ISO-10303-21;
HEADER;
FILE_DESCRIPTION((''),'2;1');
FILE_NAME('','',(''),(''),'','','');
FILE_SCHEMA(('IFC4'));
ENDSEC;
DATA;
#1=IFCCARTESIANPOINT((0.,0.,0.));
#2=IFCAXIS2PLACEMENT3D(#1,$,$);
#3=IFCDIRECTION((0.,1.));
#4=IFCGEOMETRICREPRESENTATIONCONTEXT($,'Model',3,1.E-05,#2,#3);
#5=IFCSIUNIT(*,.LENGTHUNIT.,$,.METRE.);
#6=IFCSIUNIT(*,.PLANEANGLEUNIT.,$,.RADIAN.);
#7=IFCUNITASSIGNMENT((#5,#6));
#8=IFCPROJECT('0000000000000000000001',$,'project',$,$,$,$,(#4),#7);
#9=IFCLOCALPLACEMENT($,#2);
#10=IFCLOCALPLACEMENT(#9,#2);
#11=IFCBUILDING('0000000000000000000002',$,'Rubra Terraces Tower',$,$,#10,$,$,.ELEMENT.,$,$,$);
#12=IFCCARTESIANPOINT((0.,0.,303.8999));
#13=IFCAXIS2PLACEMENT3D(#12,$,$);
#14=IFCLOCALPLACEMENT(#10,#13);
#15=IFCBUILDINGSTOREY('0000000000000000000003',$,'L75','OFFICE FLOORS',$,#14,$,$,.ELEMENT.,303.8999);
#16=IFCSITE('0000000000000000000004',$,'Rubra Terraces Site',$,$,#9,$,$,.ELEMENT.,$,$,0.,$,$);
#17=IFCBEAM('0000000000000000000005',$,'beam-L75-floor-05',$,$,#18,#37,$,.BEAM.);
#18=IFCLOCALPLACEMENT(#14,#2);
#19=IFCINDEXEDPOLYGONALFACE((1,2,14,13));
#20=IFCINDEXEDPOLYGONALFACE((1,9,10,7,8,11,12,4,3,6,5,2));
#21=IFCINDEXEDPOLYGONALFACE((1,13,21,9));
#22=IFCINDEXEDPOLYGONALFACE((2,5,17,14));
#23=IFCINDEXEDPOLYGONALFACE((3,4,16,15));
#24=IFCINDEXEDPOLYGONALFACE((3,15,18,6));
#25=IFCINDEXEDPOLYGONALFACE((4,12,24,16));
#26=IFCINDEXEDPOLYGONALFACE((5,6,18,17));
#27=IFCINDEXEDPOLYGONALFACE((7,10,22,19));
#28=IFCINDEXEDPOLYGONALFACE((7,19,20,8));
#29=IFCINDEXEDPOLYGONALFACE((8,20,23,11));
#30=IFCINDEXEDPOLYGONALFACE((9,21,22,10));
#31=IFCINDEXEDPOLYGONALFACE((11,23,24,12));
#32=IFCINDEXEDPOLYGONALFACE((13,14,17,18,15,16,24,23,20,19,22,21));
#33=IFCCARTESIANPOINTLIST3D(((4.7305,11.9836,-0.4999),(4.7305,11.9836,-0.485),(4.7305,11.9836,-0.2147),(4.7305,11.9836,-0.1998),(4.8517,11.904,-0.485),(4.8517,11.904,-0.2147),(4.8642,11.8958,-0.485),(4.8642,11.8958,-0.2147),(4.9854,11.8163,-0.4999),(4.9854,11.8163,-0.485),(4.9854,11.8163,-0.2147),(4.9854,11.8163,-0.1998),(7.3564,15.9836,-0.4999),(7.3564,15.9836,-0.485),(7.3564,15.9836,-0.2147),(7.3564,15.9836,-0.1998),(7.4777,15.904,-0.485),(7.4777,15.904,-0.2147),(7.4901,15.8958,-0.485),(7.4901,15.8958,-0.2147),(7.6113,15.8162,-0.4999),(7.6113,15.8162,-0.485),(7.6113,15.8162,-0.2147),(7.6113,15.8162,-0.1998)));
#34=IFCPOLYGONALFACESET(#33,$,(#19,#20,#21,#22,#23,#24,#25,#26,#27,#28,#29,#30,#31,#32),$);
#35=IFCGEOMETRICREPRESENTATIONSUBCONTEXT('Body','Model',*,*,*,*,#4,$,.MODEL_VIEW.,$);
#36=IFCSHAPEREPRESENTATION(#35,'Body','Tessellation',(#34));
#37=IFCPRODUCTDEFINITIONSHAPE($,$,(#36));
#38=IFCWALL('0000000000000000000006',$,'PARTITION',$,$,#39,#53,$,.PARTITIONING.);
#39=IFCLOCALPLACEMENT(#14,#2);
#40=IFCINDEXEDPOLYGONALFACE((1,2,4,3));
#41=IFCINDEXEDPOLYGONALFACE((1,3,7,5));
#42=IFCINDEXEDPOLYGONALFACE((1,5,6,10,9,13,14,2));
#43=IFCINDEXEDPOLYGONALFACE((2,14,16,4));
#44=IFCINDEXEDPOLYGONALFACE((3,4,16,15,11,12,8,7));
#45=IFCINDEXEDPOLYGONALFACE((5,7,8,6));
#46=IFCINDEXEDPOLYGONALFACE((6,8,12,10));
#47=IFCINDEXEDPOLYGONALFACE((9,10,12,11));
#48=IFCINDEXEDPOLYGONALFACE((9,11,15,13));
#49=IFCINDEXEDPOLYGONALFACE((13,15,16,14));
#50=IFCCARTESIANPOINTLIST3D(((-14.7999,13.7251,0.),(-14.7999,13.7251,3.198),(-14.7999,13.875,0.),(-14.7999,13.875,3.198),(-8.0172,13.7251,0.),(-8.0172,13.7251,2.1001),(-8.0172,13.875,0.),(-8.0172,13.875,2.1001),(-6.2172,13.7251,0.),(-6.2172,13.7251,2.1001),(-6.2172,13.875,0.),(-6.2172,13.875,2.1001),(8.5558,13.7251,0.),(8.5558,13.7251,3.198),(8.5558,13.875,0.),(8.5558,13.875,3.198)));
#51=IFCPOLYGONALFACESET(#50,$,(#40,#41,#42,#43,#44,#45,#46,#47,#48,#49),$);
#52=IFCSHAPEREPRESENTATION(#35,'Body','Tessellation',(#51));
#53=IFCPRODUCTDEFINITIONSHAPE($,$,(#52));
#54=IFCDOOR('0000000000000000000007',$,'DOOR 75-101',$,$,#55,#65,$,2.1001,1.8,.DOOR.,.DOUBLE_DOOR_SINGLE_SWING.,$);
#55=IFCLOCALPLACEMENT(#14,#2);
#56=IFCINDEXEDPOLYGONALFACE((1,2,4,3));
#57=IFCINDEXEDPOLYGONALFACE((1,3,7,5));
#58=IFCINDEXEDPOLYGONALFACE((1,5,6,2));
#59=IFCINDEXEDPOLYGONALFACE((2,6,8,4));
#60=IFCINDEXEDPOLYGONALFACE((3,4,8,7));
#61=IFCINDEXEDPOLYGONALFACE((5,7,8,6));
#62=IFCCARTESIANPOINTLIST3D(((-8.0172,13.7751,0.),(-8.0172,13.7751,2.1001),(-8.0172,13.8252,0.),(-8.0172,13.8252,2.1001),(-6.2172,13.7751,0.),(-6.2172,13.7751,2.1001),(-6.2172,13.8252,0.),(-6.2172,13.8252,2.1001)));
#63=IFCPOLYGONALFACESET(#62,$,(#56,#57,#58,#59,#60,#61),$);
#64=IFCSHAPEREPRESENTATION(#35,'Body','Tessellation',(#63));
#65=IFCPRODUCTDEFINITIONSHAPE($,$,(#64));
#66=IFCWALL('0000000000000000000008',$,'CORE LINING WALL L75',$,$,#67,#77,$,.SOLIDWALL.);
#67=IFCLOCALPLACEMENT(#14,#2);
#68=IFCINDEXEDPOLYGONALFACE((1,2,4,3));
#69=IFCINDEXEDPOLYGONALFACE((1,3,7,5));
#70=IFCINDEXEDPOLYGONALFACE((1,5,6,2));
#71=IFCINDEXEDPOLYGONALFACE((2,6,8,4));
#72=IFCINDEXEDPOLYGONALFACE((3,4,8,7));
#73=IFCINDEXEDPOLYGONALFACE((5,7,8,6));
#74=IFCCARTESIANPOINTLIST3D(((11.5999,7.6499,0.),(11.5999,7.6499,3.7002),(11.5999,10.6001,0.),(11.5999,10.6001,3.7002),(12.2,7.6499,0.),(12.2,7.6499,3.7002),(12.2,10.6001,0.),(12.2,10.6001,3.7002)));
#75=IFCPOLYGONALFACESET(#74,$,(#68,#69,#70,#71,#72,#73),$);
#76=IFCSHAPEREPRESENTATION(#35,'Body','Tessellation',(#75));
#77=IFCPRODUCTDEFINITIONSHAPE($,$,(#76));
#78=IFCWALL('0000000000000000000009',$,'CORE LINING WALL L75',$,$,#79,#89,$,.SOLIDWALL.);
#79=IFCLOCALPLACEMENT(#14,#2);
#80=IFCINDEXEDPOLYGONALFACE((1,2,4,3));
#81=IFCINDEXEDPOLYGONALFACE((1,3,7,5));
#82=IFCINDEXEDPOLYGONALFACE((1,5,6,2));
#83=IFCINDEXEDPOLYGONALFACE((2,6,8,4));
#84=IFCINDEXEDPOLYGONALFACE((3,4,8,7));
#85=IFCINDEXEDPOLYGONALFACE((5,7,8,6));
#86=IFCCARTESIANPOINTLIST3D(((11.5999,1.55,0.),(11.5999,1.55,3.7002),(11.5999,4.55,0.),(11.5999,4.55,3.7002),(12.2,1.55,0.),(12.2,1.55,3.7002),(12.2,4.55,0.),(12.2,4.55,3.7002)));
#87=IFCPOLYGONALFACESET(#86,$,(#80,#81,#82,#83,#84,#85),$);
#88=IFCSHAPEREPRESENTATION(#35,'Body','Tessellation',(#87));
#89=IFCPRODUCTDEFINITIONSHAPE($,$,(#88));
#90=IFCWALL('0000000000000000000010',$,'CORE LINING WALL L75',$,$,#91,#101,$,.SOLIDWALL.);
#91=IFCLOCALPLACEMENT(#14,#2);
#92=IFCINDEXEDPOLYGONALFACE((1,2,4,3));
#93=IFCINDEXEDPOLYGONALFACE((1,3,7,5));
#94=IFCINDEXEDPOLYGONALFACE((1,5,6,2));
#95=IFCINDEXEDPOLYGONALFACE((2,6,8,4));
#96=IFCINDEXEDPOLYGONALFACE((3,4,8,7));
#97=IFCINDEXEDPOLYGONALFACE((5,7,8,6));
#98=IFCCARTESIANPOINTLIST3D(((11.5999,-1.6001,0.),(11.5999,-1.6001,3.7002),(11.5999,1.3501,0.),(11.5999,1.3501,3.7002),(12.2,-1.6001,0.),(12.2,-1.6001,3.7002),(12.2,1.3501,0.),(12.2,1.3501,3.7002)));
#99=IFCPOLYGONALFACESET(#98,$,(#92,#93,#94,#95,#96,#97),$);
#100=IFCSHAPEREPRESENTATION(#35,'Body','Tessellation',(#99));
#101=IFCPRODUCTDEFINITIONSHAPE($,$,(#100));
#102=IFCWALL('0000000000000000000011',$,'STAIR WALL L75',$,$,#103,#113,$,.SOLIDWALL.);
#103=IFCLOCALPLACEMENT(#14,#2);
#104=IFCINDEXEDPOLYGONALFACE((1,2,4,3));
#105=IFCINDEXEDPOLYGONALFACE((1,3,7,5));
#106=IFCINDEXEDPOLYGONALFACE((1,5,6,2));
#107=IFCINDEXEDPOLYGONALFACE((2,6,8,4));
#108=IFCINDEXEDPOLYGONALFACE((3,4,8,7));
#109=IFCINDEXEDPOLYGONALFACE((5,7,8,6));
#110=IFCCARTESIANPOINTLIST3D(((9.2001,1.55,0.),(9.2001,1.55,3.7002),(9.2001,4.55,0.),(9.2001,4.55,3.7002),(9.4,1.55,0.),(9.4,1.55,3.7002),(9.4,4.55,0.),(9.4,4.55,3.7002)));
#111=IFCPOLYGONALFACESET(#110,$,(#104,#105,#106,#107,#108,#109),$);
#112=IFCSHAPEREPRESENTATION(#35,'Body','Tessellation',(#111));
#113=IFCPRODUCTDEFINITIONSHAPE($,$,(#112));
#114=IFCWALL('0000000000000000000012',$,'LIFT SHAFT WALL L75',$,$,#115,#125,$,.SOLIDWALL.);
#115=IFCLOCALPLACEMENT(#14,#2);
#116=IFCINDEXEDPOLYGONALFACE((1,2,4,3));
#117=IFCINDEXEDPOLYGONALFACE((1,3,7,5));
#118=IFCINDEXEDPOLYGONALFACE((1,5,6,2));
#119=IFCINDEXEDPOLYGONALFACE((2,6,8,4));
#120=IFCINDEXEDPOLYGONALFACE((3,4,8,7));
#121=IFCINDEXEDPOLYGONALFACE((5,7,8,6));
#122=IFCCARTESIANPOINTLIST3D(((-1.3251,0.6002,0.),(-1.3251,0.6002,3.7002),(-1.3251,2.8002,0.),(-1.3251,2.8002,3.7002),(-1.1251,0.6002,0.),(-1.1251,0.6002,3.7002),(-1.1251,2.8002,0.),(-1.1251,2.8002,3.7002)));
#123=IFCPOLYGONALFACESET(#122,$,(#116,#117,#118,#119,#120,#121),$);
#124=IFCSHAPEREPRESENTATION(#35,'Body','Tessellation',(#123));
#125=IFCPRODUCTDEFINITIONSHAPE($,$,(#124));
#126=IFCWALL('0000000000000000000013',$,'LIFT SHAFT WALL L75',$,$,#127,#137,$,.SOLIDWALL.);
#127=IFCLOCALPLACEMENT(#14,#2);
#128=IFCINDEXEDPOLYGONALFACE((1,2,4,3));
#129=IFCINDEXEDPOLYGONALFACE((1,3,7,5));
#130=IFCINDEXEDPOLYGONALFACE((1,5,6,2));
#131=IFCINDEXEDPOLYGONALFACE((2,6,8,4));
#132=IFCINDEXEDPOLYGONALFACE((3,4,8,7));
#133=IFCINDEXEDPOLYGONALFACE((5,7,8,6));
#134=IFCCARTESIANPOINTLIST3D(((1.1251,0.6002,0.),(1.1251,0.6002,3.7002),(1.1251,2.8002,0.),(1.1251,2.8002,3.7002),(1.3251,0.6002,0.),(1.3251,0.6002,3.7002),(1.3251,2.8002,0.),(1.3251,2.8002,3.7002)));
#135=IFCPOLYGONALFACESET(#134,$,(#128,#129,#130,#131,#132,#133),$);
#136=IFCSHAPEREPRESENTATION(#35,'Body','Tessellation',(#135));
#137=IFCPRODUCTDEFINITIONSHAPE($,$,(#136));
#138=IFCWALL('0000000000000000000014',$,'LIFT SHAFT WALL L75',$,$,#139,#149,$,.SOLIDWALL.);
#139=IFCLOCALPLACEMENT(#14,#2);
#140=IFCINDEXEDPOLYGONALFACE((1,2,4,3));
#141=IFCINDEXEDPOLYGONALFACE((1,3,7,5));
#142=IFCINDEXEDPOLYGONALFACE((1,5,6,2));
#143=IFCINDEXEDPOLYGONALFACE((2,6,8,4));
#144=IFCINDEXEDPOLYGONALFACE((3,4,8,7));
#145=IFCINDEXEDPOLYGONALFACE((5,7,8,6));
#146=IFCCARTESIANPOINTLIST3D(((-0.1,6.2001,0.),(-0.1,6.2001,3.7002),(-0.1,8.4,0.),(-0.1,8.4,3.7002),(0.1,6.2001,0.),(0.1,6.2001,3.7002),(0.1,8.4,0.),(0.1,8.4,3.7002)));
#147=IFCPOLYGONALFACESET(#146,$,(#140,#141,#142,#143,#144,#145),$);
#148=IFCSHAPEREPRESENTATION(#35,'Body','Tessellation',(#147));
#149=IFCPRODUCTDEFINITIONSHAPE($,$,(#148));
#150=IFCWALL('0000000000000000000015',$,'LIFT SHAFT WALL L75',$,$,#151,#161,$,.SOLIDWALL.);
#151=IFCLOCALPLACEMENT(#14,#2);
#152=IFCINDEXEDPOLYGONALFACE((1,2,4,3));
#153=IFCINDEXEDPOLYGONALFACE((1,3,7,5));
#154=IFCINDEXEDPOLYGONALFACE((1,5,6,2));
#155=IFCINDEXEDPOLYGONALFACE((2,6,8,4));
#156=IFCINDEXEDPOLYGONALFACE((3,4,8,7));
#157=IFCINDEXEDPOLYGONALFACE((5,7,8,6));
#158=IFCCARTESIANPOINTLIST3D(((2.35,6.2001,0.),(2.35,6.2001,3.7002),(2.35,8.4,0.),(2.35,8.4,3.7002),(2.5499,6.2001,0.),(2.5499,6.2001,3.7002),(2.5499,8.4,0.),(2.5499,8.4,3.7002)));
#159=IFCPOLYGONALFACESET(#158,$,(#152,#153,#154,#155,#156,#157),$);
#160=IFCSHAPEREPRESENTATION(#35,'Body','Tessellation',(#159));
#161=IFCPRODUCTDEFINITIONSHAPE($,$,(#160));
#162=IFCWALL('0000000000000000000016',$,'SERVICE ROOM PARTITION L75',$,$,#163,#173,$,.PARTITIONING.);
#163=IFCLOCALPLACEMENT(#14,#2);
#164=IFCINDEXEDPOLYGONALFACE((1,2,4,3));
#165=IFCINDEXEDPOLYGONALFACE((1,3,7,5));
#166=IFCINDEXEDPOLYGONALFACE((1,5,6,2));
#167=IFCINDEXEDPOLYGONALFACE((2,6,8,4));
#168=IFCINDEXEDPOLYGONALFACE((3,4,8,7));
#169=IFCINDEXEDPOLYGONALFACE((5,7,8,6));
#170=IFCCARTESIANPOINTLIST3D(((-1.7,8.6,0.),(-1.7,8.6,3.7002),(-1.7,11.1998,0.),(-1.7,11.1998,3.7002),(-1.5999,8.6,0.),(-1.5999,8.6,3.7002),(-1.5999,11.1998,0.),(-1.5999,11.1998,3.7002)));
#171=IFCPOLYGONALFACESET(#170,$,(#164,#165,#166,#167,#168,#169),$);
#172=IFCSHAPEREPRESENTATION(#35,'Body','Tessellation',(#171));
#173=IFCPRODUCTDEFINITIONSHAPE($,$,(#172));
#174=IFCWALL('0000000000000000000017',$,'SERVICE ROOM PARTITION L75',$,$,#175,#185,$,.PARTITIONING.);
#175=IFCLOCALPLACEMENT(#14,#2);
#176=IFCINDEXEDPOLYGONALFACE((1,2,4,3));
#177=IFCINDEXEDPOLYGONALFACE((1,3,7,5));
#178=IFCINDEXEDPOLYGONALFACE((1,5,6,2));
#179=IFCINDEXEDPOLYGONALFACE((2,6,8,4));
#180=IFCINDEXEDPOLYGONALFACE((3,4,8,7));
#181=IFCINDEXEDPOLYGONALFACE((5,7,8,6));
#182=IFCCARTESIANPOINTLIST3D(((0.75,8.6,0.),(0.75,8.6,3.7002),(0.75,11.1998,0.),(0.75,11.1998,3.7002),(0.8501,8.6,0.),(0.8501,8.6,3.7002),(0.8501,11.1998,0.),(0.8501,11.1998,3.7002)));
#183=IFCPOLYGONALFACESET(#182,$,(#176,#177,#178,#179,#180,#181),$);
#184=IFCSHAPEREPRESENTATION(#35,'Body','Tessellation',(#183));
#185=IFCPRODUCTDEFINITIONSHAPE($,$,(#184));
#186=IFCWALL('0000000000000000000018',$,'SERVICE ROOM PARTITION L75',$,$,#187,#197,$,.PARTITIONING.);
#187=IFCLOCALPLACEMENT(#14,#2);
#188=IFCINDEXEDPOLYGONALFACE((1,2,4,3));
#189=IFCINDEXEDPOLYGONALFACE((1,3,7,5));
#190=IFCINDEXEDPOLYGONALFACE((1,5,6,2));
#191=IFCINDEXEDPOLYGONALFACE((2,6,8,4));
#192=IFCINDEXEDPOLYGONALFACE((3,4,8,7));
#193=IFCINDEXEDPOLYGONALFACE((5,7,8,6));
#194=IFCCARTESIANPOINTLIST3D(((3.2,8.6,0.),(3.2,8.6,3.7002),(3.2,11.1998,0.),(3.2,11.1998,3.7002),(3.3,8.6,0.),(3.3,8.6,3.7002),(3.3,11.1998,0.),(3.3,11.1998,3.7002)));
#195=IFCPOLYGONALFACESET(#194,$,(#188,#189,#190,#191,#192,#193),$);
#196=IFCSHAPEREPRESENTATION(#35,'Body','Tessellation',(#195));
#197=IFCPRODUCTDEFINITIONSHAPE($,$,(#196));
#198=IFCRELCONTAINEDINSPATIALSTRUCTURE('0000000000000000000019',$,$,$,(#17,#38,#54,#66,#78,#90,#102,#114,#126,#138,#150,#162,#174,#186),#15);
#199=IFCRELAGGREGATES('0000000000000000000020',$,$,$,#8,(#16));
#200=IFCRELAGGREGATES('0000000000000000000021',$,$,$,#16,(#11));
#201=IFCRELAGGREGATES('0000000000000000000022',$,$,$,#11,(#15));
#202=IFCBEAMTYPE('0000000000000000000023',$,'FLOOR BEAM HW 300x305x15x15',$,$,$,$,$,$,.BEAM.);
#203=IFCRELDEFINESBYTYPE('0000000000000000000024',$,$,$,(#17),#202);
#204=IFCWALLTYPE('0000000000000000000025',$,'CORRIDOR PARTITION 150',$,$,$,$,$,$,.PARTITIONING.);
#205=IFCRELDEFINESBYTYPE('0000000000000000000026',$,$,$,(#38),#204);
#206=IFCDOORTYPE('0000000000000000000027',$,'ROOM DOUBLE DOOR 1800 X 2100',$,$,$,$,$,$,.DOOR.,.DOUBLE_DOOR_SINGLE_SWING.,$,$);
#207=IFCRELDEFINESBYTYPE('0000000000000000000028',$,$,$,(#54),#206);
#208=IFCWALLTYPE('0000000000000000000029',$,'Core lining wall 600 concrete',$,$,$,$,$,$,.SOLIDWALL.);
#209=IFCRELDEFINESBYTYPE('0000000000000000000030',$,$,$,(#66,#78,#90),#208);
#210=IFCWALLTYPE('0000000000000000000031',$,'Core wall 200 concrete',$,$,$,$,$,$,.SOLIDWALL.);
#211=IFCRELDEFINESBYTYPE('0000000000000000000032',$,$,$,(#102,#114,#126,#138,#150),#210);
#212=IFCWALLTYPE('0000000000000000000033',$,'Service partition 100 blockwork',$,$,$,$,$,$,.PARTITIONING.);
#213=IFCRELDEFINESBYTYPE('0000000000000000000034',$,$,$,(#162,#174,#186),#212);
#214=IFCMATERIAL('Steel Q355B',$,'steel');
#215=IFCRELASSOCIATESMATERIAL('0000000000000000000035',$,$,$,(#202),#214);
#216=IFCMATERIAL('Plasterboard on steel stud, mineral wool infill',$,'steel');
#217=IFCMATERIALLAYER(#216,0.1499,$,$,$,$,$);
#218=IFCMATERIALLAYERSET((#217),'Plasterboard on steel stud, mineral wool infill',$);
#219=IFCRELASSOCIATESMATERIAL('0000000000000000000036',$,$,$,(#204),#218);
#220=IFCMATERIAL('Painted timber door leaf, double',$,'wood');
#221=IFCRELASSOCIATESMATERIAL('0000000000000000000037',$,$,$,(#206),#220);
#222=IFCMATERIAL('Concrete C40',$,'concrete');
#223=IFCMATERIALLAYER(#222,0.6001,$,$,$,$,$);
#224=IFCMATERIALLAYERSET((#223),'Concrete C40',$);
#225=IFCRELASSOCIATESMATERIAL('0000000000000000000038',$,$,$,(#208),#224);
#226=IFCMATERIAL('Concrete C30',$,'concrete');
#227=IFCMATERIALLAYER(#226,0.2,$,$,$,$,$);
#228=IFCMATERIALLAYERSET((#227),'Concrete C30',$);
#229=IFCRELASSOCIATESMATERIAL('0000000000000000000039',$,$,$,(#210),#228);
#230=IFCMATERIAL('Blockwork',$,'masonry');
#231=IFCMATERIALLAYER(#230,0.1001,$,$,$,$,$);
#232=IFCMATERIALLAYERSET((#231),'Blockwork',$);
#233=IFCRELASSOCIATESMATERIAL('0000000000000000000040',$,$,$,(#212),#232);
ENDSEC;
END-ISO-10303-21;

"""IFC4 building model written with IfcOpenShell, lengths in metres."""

from ifc_helpers import new_model, si_unit, direction, frame, frame_2d, origin, origin_2d, place, context, subcontext, project, spatial, rectangle, i_section, extrude, material, layer, layer_set, material_profile, profile_set, type_object, element, fill, save


model = new_model("IFC4")

# Units and contexts
model_context = context("Model", 3, precision=1e-05, world=origin(), true_north=direction((0.0, 1.0)))
body_context = subcontext(model_context, "Body", "Model", "MODEL_VIEW")
ifc_project = project(units=[si_unit("LENGTHUNIT", "METRE"), si_unit("PLANEANGLEUNIT", "RADIAN")], contexts=[model_context])

# Site, building, storey
site_placement = place(None, origin())
site = spatial("IfcSite", under=ifc_project, at=site_placement, Name="Rubra Terraces Site", CompositionType="ELEMENT", RefElevation=0.0)
building_placement = place(site_placement, origin())
building = spatial("IfcBuilding", under=site, at=building_placement, Name="Rubra Terraces Tower", CompositionType="ELEMENT")
storey_placement = place(building_placement, frame((0.0, 0.0, 303.8999)))
storey = spatial("IfcBuildingStorey", under=building, at=storey_placement, Name="L75", Description="OFFICE FLOORS", CompositionType="ELEMENT", Elevation=303.8999)

# Beam
ifc_material_1 = material(Name="Steel Q355B", Category="steel")
ifc_material_profile = material_profile(ifc_material_1, i_section(OverallWidth=0.3049, OverallDepth=0.3, WebThickness=0.0149, FlangeThickness=0.0149, at=origin_2d()), Name="HW 300x305x15x15")
ifc_profile_set = profile_set([ifc_material_profile], Name="Steel Q355B")
beam_type = type_object("IfcBeamType", Name="FLOOR BEAM HW 300x305x15x15", PredefinedType="BEAM", material=ifc_profile_set)
beam_placement = place(storey_placement, frame((7.4839, 15.8999, -0.3499), z_axis=(-0.548799, -0.835954, 0.0), x_axis=(0.835954, -0.548799, 0.0)))
element("IfcBeam", 1, at=beam_placement, inside=storey, type_object=beam_type, Name="beam-L75-floor-05", PredefinedType="BEAM", context=body_context, shape_type="SweptSolid", body=[
    extrude(i_section(OverallWidth=0.3049, OverallDepth=0.3, WebThickness=0.0149, FlangeThickness=0.0149, at=origin_2d()), origin(), (0.0, 0.0, 1.0), 4.7849),
])

# Wall, opening, door
ifc_material_2 = material(Name="Plasterboard on steel stud, mineral wool infill", Category="steel")
ifc_layer_1 = layer(ifc_material_2, 0.1499)
ifc_layer_set_1 = layer_set([ifc_layer_1], Name="Plasterboard on steel stud, mineral wool infill")
wall_type_1 = type_object("IfcWallType", Name="CORRIDOR PARTITION 150", PredefinedType="PARTITIONING", material=ifc_layer_set_1)
wall_1_placement = place(storey_placement, frame((8.5557, 13.8, 0.0), z_axis=(0.0, 0.0, 1.0), x_axis=(-1.0, 0.0, 0.0)))
wall_1 = element("IfcWall", 2, at=wall_1_placement, inside=storey, type_object=wall_type_1, Name="PARTITION", PredefinedType="PARTITIONING", context=body_context, shape_type="SweptSolid", body=[
    extrude(rectangle(XDim=23.3557, YDim=0.1499, at=frame_2d((11.6777, 0.0))), origin(), (0.0, 0.0, 1.0), 3.198),
])
opening_1_placement = place(wall_1_placement, frame((14.7729, 0.0, 0.0)))
opening_1 = element("IfcOpeningElement", 3, at=opening_1_placement, cuts=wall_1, PredefinedType="OPENING", context=body_context, shape_type="SweptSolid", body=[
    extrude(rectangle(XDim=1.8, YDim=2.1001, at=frame_2d((0.8999, 1.05))), frame((0.0, 0.085, 0.0), z_axis=(0.0, -1.0, 0.0), x_axis=(1.0, 0.0, 0.0)), (0.0, 0.0, 1.0), 0.1699),
])
ifc_material_3 = material(Name="Painted timber door leaf, double", Category="wood")
door_type_1 = type_object("IfcDoorType", Name="ROOM DOUBLE DOOR 1800 X 2100", OperationType="DOUBLE_DOOR_SINGLE_SWING", PredefinedType="DOOR", material=ifc_material_3)
door_1_placement = place(opening_1_placement, origin())
door_1 = element("IfcDoor", 4, at=door_1_placement, inside=storey, type_object=door_type_1, Name="DOOR 75-101", OperationType="DOUBLE_DOOR_SINGLE_SWING", OverallHeight=2.1001, OverallWidth=1.8, PredefinedType="DOOR", context=body_context, shape_type="SweptSolid", body=[
    extrude(rectangle(XDim=1.8, YDim=2.1001, at=frame_2d((0.8999, 1.05))), frame((0.0, 0.0249, 0.0), z_axis=(0.0, -1.0, 0.0), x_axis=(1.0, 0.0, 0.0)), (0.0, 0.0, 1.0), 0.05),
])
fill(opening_1, door_1)

# Walls
ifc_material_4 = material(Name="Concrete C40", Category="concrete")
ifc_layer_2 = layer(ifc_material_4, 0.6001)
ifc_layer_set_2 = layer_set([ifc_layer_2], Name="Concrete C40")
wall_type_2 = type_object("IfcWallType", Name="Core lining wall 600 concrete", PredefinedType="SOLIDWALL", material=ifc_layer_set_2)
wall_2_placement = place(storey_placement, frame((11.8999, 10.6001, 0.0), z_axis=(0.0, 0.0, 1.0), x_axis=(0.0, -1.0, 0.0)))
element("IfcWall", 5, at=wall_2_placement, inside=storey, type_object=wall_type_2, Name="CORE LINING WALL L75", PredefinedType="SOLIDWALL", context=body_context, shape_type="SweptSolid", body=[
    extrude(rectangle(XDim=2.9502, YDim=0.6001, at=frame_2d((1.4751, 0.0))), origin(), (0.0, 0.0, 1.0), 3.7002),
])
wall_3_placement = place(storey_placement, frame((11.8999, 4.55, 0.0), z_axis=(0.0, 0.0, 1.0), x_axis=(0.0, -1.0, 0.0)))
element("IfcWall", 6, at=wall_3_placement, inside=storey, type_object=wall_type_2, Name="CORE LINING WALL L75", PredefinedType="SOLIDWALL", context=body_context, shape_type="SweptSolid", body=[
    extrude(rectangle(XDim=3.0, YDim=0.6001, at=frame_2d((1.5, 0.0))), origin(), (0.0, 0.0, 1.0), 3.7002),
])
wall_4_placement = place(storey_placement, frame((11.8999, 1.3501, 0.0), z_axis=(0.0, 0.0, 1.0), x_axis=(0.0, -1.0, 0.0)))
element("IfcWall", 7, at=wall_4_placement, inside=storey, type_object=wall_type_2, Name="CORE LINING WALL L75", PredefinedType="SOLIDWALL", context=body_context, shape_type="SweptSolid", body=[
    extrude(rectangle(XDim=2.9502, YDim=0.6001, at=frame_2d((1.4751, 0.0))), origin(), (0.0, 0.0, 1.0), 3.7002),
])
ifc_material_5 = material(Name="Concrete C30", Category="concrete")
ifc_layer_3 = layer(ifc_material_5, 0.2)
ifc_layer_set_3 = layer_set([ifc_layer_3], Name="Concrete C30")
wall_type_3 = type_object("IfcWallType", Name="Core wall 200 concrete", PredefinedType="SOLIDWALL", material=ifc_layer_set_3)
wall_5_placement = place(storey_placement, frame((9.3, 4.55, 0.0), z_axis=(0.0, 0.0, 1.0), x_axis=(0.0, -1.0, 0.0)))
element("IfcWall", 8, at=wall_5_placement, inside=storey, type_object=wall_type_3, Name="STAIR WALL L75", PredefinedType="SOLIDWALL", context=body_context, shape_type="SweptSolid", body=[
    extrude(rectangle(XDim=3.0, YDim=0.2, at=frame_2d((1.5, 0.0))), origin(), (0.0, 0.0, 1.0), 3.7002),
])
for number, where, z_axis, x_axis, name in (
    (9, (-1.2251, 0.6001, 0.0), (0.0, 0.0, 1.0), (0.0, 1.0, 0.0), "LIFT SHAFT WALL L75"),
    (10, (1.2251, 0.6001, 0.0), (0.0, 0.0, 1.0), (0.0, 1.0, 0.0), "LIFT SHAFT WALL L75"),
    (11, (0.0, 6.2, 0.0), (0.0, 0.0, 1.0), (0.0, 1.0, 0.0), "LIFT SHAFT WALL L75"),
    (12, (2.45, 6.2, 0.0), (0.0, 0.0, 1.0), (0.0, 1.0, 0.0), "LIFT SHAFT WALL L75"),
):
    element("IfcWall", number, at=place(storey_placement, frame(where, z_axis=z_axis, x_axis=x_axis)), inside=storey, type_object=wall_type_3, Name=name, PredefinedType="SOLIDWALL", context=body_context, shape_type="SweptSolid", body=[
        extrude(rectangle(XDim=2.2, YDim=0.2, at=frame_2d((1.1001, 0.0))), origin(), (0.0, 0.0, 1.0), 3.7002),
    ])
ifc_material_6 = material(Name="Blockwork", Category="masonry")
ifc_layer_4 = layer(ifc_material_6, 0.1001)
ifc_layer_set_4 = layer_set([ifc_layer_4], Name="Blockwork")
wall_type_4 = type_object("IfcWallType", Name="Service partition 100 blockwork", PredefinedType="PARTITIONING", material=ifc_layer_set_4)
for number, where, z_axis, x_axis, name in (
    (13, (-1.6499, 8.6001, 0.0), (0.0, 0.0, 1.0), (0.0, 1.0, 0.0), "SERVICE ROOM PARTITION L75"),
    (14, (0.8, 8.6001, 0.0), (0.0, 0.0, 1.0), (0.0, 1.0, 0.0), "SERVICE ROOM PARTITION L75"),
    (15, (3.25, 8.6001, 0.0), (0.0, 0.0, 1.0), (0.0, 1.0, 0.0), "SERVICE ROOM PARTITION L75"),
):
    element("IfcWall", number, at=place(storey_placement, frame(where, z_axis=z_axis, x_axis=x_axis)), inside=storey, type_object=wall_type_4, Name=name, PredefinedType="PARTITIONING", context=body_context, shape_type="SweptSolid", body=[
        extrude(rectangle(XDim=2.5999, YDim=0.1001, at=frame_2d((1.2998, 0.0))), origin(), (0.0, 0.0, 1.0), 3.7002),
    ])

save(model, "model.ifc")
